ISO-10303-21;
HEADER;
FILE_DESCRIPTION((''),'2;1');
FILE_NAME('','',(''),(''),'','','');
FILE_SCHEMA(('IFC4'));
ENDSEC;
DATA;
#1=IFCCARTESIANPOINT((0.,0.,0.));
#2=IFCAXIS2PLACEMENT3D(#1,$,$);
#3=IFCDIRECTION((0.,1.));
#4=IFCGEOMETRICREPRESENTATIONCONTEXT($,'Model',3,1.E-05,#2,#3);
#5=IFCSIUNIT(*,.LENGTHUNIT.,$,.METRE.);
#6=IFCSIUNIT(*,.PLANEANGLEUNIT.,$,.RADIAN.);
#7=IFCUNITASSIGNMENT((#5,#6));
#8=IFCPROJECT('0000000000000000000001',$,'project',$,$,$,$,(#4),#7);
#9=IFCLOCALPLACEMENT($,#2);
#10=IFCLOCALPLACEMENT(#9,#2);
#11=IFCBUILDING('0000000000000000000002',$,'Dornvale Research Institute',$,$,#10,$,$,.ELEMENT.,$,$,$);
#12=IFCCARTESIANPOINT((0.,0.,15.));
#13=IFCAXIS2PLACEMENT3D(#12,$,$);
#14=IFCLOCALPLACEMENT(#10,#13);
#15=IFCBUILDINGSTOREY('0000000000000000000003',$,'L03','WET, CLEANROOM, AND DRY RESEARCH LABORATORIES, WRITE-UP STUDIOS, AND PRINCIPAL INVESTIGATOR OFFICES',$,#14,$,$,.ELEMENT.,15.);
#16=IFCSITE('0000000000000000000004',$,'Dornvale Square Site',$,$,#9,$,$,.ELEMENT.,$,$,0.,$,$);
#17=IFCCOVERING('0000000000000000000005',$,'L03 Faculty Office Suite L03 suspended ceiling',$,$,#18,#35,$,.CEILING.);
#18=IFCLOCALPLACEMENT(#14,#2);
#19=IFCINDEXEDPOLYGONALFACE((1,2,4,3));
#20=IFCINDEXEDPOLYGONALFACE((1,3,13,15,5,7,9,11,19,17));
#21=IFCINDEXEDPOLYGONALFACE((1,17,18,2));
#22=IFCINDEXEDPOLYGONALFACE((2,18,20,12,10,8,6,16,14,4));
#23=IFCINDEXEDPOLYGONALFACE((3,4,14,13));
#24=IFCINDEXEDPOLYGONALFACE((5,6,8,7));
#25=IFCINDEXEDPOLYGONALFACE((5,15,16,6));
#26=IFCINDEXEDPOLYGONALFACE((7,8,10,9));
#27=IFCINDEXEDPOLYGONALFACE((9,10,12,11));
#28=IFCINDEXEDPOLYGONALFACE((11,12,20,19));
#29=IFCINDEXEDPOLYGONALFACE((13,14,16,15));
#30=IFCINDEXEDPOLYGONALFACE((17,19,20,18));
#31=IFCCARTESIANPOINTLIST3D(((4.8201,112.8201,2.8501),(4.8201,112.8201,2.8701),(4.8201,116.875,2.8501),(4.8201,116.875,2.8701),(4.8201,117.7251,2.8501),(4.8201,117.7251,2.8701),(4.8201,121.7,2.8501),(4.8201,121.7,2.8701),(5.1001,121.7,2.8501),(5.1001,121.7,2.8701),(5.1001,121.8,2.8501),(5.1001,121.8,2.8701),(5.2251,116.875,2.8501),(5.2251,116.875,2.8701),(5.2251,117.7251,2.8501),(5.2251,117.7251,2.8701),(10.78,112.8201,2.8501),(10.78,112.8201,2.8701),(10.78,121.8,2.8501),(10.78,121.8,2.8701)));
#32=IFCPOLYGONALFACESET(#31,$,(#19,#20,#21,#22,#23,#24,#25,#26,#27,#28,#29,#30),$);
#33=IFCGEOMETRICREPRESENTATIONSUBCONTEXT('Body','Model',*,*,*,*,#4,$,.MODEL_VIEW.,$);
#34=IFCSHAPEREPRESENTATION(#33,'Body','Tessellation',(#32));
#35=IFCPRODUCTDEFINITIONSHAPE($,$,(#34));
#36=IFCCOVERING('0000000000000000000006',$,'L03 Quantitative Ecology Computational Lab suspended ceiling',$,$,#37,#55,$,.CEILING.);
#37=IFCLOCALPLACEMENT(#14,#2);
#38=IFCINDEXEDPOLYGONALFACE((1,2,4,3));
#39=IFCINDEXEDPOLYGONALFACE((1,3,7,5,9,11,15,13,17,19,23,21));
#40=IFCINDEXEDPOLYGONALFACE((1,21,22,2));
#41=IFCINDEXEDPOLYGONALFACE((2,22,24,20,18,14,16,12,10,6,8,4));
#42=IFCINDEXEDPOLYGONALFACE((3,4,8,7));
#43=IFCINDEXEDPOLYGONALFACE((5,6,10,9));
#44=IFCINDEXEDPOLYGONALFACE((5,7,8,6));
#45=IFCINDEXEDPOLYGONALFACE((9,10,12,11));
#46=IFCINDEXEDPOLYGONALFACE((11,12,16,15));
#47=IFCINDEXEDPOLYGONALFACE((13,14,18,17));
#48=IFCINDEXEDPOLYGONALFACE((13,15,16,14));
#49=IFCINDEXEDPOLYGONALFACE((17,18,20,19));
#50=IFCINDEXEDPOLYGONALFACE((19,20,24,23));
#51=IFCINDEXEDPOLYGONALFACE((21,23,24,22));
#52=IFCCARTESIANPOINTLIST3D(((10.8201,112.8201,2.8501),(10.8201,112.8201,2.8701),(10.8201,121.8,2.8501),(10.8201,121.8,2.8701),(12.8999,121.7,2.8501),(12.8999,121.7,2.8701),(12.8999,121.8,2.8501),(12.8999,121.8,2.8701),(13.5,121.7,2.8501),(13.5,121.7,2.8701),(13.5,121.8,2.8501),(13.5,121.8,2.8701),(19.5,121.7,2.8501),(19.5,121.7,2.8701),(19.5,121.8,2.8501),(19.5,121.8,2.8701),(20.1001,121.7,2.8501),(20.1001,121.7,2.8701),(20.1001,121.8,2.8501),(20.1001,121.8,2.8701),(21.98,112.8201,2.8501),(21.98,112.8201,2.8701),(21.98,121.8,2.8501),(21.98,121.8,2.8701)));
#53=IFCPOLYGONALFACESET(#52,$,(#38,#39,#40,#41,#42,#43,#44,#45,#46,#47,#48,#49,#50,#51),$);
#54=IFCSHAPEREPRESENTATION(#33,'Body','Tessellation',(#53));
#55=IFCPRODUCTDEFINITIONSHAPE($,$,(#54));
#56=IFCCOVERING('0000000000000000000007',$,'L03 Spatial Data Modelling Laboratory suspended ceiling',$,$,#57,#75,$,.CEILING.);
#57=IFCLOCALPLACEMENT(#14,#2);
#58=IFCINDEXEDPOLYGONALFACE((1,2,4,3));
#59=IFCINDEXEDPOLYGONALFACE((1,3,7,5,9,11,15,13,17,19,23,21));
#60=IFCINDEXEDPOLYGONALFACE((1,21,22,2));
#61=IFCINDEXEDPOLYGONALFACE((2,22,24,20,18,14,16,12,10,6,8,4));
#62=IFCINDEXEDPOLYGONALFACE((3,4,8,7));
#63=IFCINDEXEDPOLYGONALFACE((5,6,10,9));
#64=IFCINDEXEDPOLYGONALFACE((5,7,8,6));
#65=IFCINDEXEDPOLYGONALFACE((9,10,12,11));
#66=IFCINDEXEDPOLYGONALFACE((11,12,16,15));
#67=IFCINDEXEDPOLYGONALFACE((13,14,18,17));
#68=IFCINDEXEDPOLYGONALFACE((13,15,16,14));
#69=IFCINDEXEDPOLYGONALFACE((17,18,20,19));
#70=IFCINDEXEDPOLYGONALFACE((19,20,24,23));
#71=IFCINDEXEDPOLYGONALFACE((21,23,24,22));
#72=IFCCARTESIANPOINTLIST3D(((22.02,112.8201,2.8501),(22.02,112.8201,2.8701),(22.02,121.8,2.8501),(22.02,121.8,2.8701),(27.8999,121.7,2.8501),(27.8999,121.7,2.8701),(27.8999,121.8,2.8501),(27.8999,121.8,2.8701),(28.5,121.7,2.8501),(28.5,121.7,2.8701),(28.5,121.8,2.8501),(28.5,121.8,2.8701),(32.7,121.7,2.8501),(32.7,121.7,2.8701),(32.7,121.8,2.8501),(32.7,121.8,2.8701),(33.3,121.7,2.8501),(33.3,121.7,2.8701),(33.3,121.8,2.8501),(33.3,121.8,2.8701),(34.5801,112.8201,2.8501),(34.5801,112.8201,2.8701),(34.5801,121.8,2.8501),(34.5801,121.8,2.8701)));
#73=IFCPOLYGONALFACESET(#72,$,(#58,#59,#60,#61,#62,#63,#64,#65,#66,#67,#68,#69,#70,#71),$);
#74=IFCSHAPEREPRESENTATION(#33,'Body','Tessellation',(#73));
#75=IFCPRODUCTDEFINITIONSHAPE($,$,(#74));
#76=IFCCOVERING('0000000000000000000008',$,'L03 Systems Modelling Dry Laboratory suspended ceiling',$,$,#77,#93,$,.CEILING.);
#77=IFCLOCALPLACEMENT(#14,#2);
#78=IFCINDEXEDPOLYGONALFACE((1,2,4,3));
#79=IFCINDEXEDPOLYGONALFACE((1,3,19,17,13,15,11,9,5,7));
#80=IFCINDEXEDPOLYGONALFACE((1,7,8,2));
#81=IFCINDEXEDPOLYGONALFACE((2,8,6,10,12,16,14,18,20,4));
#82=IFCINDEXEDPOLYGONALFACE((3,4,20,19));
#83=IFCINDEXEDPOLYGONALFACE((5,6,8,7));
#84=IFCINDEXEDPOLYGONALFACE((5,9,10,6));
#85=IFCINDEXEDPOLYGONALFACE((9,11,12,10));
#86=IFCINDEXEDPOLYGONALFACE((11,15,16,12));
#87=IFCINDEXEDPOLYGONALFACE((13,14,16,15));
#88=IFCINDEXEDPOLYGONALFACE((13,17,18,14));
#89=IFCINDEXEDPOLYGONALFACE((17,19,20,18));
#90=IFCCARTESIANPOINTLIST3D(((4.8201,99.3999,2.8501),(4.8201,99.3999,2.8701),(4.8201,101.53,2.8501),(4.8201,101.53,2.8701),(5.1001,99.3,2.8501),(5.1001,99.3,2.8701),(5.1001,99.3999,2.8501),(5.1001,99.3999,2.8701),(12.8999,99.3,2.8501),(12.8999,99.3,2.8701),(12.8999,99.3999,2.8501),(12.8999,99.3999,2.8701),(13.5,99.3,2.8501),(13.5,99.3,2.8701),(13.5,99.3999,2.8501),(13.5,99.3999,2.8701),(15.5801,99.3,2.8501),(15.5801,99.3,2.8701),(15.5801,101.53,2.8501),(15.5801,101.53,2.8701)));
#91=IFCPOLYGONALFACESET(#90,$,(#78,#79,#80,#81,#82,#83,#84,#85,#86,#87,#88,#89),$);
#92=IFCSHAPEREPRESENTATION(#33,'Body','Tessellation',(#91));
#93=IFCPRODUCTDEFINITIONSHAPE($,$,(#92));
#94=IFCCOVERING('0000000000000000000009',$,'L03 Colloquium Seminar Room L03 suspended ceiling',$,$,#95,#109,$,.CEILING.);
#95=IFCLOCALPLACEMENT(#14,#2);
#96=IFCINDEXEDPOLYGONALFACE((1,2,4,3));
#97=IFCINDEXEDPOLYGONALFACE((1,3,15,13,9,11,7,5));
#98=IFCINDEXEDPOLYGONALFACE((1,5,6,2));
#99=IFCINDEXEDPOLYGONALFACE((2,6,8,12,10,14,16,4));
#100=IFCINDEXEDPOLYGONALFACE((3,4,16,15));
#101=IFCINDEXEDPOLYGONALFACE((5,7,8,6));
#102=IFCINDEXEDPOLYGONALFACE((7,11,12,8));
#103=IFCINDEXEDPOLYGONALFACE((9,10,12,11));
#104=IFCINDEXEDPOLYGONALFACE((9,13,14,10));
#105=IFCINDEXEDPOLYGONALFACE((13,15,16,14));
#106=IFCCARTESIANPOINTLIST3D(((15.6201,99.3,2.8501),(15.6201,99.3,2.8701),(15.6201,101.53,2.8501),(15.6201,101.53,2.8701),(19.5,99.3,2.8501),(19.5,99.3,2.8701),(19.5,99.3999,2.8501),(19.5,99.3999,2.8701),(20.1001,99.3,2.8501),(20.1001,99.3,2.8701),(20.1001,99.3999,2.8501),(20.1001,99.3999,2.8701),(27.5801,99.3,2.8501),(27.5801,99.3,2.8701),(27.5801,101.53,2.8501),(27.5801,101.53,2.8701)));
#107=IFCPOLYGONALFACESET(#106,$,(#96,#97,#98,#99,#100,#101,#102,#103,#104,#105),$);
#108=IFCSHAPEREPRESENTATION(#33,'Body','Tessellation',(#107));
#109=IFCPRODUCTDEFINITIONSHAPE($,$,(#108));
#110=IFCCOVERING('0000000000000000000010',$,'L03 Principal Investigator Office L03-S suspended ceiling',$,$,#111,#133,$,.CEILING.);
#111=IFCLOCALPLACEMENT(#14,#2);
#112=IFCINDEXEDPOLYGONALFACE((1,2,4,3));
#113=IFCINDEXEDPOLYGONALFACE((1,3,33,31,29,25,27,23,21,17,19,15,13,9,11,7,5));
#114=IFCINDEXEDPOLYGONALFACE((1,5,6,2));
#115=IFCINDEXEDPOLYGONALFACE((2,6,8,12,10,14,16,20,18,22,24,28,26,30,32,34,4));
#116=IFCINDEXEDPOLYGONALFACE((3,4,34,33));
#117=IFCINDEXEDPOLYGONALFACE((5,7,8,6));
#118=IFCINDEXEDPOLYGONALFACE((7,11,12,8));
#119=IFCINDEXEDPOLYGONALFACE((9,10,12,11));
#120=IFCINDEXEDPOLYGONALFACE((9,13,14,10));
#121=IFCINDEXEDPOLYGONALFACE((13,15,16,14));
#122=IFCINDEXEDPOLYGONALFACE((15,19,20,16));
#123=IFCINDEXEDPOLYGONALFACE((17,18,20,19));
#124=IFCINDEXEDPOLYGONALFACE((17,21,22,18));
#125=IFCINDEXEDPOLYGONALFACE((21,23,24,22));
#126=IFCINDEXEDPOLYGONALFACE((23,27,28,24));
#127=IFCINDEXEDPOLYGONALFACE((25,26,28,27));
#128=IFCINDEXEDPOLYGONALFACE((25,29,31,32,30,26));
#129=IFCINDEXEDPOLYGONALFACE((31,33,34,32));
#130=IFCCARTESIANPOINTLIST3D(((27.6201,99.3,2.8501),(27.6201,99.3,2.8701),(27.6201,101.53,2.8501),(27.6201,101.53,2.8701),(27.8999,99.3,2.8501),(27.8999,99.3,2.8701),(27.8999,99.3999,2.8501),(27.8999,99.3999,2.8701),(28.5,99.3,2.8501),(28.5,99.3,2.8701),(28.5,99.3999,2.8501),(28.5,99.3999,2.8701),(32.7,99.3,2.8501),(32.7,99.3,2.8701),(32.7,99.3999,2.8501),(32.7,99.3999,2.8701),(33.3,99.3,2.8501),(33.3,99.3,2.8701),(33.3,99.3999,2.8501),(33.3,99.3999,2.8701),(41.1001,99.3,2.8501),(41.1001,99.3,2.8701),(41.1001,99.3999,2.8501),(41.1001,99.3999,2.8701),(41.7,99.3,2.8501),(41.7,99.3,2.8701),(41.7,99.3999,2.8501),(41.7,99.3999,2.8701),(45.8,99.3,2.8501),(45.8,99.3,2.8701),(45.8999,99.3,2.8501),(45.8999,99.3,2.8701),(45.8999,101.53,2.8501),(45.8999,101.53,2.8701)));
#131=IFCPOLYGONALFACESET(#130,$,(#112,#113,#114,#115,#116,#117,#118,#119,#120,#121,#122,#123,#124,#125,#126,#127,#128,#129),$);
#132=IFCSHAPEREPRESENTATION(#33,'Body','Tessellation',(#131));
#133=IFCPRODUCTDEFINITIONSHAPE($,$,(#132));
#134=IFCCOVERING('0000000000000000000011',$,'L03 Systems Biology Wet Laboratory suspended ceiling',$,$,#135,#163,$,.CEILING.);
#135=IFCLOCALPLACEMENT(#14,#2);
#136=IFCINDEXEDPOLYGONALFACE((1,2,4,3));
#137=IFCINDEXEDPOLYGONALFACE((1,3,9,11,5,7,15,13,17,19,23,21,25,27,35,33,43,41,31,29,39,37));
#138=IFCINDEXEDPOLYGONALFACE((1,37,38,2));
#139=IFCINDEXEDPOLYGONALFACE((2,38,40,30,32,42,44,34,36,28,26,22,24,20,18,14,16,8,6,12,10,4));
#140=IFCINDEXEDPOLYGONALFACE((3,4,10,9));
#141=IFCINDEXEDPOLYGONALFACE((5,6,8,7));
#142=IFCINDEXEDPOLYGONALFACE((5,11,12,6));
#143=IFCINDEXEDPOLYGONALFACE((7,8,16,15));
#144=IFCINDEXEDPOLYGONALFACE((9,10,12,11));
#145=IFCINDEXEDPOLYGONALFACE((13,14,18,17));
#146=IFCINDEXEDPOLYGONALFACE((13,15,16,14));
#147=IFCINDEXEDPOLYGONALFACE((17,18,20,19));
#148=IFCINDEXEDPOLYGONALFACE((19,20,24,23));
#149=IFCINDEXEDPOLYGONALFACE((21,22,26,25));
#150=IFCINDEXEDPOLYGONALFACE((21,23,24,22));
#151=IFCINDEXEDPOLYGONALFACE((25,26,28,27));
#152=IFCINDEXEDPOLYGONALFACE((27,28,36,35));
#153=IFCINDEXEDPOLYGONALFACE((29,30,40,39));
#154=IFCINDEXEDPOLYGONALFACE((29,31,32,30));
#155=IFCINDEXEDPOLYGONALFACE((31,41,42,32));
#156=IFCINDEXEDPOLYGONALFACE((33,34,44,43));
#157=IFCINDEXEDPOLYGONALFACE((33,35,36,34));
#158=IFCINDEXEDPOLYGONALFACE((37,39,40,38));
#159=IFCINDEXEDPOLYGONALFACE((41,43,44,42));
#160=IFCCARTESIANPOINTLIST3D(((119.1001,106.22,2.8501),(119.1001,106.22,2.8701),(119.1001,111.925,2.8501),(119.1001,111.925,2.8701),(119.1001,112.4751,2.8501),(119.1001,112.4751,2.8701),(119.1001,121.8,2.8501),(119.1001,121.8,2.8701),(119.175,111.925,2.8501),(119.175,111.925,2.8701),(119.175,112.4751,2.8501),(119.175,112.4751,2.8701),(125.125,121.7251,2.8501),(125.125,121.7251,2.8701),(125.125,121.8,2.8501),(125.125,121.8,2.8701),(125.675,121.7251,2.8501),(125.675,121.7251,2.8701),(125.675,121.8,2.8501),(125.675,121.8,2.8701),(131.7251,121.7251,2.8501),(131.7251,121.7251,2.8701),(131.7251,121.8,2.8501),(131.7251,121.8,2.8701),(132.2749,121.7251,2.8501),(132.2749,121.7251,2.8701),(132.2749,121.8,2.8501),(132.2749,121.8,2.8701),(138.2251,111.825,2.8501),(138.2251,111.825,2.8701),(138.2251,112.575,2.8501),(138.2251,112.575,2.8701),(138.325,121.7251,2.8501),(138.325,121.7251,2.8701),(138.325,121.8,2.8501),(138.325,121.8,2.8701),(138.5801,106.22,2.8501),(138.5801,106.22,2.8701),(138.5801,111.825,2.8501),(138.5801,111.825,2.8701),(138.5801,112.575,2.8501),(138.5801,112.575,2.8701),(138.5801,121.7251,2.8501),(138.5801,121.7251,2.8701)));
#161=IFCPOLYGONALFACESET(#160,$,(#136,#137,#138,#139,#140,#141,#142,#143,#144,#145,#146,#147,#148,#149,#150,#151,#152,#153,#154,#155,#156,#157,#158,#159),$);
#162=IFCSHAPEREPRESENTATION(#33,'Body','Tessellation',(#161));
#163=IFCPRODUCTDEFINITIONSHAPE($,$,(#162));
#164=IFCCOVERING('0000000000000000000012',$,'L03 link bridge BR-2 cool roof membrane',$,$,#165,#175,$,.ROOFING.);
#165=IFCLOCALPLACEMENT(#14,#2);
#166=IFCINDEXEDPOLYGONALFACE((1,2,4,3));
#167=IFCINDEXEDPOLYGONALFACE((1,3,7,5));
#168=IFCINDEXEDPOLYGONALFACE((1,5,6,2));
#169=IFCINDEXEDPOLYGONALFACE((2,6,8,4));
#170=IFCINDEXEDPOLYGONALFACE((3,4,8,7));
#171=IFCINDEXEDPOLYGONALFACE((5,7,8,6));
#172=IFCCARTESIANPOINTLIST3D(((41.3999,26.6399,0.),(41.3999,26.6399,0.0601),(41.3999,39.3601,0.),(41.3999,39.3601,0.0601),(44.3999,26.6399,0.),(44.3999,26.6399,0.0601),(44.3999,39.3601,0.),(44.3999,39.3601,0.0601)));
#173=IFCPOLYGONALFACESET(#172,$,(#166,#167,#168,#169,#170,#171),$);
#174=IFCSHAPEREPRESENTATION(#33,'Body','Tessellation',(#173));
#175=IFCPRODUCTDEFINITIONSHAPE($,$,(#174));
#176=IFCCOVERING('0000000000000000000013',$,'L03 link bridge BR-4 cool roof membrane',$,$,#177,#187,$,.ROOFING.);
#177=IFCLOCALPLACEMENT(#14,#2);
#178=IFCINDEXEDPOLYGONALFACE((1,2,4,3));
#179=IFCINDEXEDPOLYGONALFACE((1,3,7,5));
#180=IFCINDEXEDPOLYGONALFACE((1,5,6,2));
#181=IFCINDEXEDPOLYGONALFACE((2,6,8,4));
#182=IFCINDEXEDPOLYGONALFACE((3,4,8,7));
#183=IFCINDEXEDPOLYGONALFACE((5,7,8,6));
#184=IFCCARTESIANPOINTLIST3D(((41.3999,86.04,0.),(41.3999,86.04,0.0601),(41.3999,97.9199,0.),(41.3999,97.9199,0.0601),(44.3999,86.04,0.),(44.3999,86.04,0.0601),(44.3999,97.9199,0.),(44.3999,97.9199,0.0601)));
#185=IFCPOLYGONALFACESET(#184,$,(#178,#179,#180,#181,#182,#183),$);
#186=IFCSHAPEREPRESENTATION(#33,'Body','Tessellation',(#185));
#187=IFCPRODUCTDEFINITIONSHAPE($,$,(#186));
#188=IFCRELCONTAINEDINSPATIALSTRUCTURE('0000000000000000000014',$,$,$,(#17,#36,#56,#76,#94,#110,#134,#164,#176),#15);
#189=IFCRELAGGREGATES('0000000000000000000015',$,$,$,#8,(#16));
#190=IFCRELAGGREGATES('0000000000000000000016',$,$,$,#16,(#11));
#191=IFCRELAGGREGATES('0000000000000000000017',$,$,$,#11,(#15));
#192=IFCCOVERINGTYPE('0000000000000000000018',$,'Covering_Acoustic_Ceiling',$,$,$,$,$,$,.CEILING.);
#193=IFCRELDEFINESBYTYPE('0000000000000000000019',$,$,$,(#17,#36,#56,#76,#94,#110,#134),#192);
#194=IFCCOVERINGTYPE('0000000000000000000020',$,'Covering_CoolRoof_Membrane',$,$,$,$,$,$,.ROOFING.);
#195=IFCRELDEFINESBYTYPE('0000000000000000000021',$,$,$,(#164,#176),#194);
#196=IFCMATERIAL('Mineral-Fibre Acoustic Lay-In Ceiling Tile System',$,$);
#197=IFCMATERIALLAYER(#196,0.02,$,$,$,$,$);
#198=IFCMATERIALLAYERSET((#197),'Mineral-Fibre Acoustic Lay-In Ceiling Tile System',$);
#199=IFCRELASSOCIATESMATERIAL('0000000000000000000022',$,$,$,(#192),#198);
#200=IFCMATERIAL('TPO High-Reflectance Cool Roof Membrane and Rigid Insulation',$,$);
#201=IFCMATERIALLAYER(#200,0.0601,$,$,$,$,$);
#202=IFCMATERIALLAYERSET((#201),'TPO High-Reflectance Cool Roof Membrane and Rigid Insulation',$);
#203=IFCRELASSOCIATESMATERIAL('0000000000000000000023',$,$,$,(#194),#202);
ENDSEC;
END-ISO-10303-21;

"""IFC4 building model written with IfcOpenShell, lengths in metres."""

from ifc_helpers import new_model, si_unit, direction, frame, origin, place, context, subcontext, project, spatial, polyline, outline, extrude, material, layer, layer_set, type_object, element, save


model = new_model("IFC4")

# Units and contexts
model_context = context("Model", 3, precision=1e-05, world=origin(), true_north=direction((0.0, 1.0)))
body_context = subcontext(model_context, "Body", "Model", "MODEL_VIEW")
ifc_project = project(units=[si_unit("LENGTHUNIT", "METRE"), si_unit("PLANEANGLEUNIT", "RADIAN")], contexts=[model_context])

# Site, building, storey
site_placement = place(None, origin())
site = spatial("IfcSite", under=ifc_project, at=site_placement, Name="Dornvale Square Site", CompositionType="ELEMENT", RefElevation=0.0)
building_placement = place(site_placement, origin())
building = spatial("IfcBuilding", under=site, at=building_placement, Name="Dornvale Research Institute", CompositionType="ELEMENT")
storey_placement = place(building_placement, frame((0.0, 0.0, 15.0)))
storey = spatial("IfcBuildingStorey", under=building, at=storey_placement, Name="L03", Description="WET, CLEANROOM, AND DRY RESEARCH LABORATORIES, WRITE-UP STUDIOS, AND PRINCIPAL INVESTIGATOR OFFICES", CompositionType="ELEMENT", Elevation=15.0)

# Coverings
ifc_material_1 = material(Name="Mineral-Fibre Acoustic Lay-In Ceiling Tile System")
ifc_layer_1 = layer(ifc_material_1, 0.02)
ifc_layer_set_1 = layer_set([ifc_layer_1], Name="Mineral-Fibre Acoustic Lay-In Ceiling Tile System")
covering_type_1 = type_object("IfcCoveringType", Name="Covering_Acoustic_Ceiling", PredefinedType="CEILING", material=ifc_layer_set_1)
covering_1_placement = place(storey_placement, frame((0.0, 0.0, 2.8501)))
element("IfcCovering", 1, at=covering_1_placement, inside=storey, type_object=covering_type_1, Name="L03 Faculty Office Suite L03 suspended ceiling", PredefinedType="CEILING", context=body_context, shape_type="SweptSolid", body=[
    extrude(outline(polyline([(4.8201, 121.7), (5.1001, 121.7), (5.1001, 121.8), (10.78, 121.8), (10.78, 112.8201), (4.8201, 112.8201), (4.8201, 116.875), (5.2251, 116.875), (5.2251, 117.7251), (4.8201, 117.7251), (4.8201, 121.7)])), origin(), (0.0, 0.0, 1.0), 0.02),
])
covering_2_placement = place(storey_placement, frame((0.0, 0.0, 2.8501)))
element("IfcCovering", 2, at=covering_2_placement, inside=storey, type_object=covering_type_1, Name="L03 Quantitative Ecology Computational Lab suspended ceiling", PredefinedType="CEILING", context=body_context, shape_type="SweptSolid", body=[
    extrude(outline(polyline([(21.98, 112.8201), (10.8201, 112.8201), (10.8201, 121.8), (12.8999, 121.8), (12.8999, 121.7), (13.5, 121.7), (13.5, 121.8), (19.5, 121.8), (19.5, 121.7), (20.1001, 121.7), (20.1001, 121.8), (21.98, 121.8), (21.98, 112.8201)])), origin(), (0.0, 0.0, 1.0), 0.02),
])
covering_3_placement = place(storey_placement, frame((0.0, 0.0, 2.8501)))
element("IfcCovering", 3, at=covering_3_placement, inside=storey, type_object=covering_type_1, Name="L03 Spatial Data Modelling Laboratory suspended ceiling", PredefinedType="CEILING", context=body_context, shape_type="SweptSolid", body=[
    extrude(outline(polyline([(32.7, 121.7), (33.3, 121.7), (33.3, 121.8), (34.5801, 121.8), (34.5801, 112.8201), (22.02, 112.8201), (22.02, 121.8), (27.8999, 121.8), (27.8999, 121.7), (28.5, 121.7), (28.5, 121.8), (32.7, 121.8), (32.7, 121.7)])), origin(), (0.0, 0.0, 1.0), 0.02),
])
covering_4_placement = place(storey_placement, frame((0.0, 0.0, 2.8501)))
element("IfcCovering", 4, at=covering_4_placement, inside=storey, type_object=covering_type_1, Name="L03 Systems Modelling Dry Laboratory suspended ceiling", PredefinedType="CEILING", context=body_context, shape_type="SweptSolid", body=[
    extrude(outline(polyline([(15.5801, 99.3), (13.5, 99.3), (13.5, 99.3999), (12.8999, 99.3999), (12.8999, 99.3), (5.1001, 99.3), (5.1001, 99.3999), (4.8201, 99.3999), (4.8201, 101.53), (15.5801, 101.53), (15.5801, 99.3)])), origin(), (0.0, 0.0, 1.0), 0.02),
])
covering_5_placement = place(storey_placement, frame((0.0, 0.0, 2.8501)))
element("IfcCovering", 5, at=covering_5_placement, inside=storey, type_object=covering_type_1, Name="L03 Colloquium Seminar Room L03 suspended ceiling", PredefinedType="CEILING", context=body_context, shape_type="SweptSolid", body=[
    extrude(outline(polyline([(19.5, 99.3), (15.6201, 99.3), (15.6201, 101.53), (27.5801, 101.53), (27.5801, 99.3), (20.1001, 99.3), (20.1001, 99.3999), (19.5, 99.3999), (19.5, 99.3)])), origin(), (0.0, 0.0, 1.0), 0.02),
])
covering_6_placement = place(storey_placement, frame((0.0, 0.0, 2.8501)))
element("IfcCovering", 6, at=covering_6_placement, inside=storey, type_object=covering_type_1, Name="L03 Principal Investigator Office L03-S suspended ceiling", PredefinedType="CEILING", context=body_context, shape_type="SweptSolid", body=[
    extrude(outline(polyline([(41.1001, 99.3), (33.3, 99.3), (33.3, 99.3999), (32.7, 99.3999), (32.7, 99.3), (28.5, 99.3), (28.5, 99.3999), (27.8999, 99.3999), (27.8999, 99.3), (27.6201, 99.3), (27.6201, 101.53), (45.8999, 101.53), (45.8999, 99.3), (45.8, 99.3), (41.7, 99.3), (41.7, 99.3999), (41.1001, 99.3999), (41.1001, 99.3)])), origin(), (0.0, 0.0, 1.0), 0.02),
])
covering_7_placement = place(storey_placement, frame((0.0, 0.0, 2.8501)))
element("IfcCovering", 7, at=covering_7_placement, inside=storey, type_object=covering_type_1, Name="L03 Systems Biology Wet Laboratory suspended ceiling", PredefinedType="CEILING", context=body_context, shape_type="SweptSolid", body=[
    extrude(outline(polyline([(125.675, 121.8), (131.7251, 121.8), (131.7251, 121.7251), (132.2749, 121.7251), (132.2749, 121.8), (138.325, 121.8), (138.325, 121.7251), (138.5801, 121.7251), (138.5801, 112.575), (138.2251, 112.575), (138.2251, 111.825), (138.5801, 111.825), (138.5801, 106.22), (119.1001, 106.22), (119.1001, 111.925), (119.175, 111.925), (119.175, 112.4751), (119.1001, 112.4751), (119.1001, 121.8), (125.125, 121.8), (125.125, 121.7251), (125.675, 121.7251), (125.675, 121.8)])), origin(), (0.0, 0.0, 1.0), 0.02),
])
ifc_material_2 = material(Name="TPO High-Reflectance Cool Roof Membrane and Rigid Insulation")
ifc_layer_2 = layer(ifc_material_2, 0.0601)
ifc_layer_set_2 = layer_set([ifc_layer_2], Name="TPO High-Reflectance Cool Roof Membrane and Rigid Insulation")
covering_type_2 = type_object("IfcCoveringType", Name="Covering_CoolRoof_Membrane", PredefinedType="ROOFING", material=ifc_layer_set_2)
covering_8_placement = place(storey_placement, origin())
element("IfcCovering", 8, at=covering_8_placement, inside=storey, type_object=covering_type_2, Name="L03 link bridge BR-2 cool roof membrane", PredefinedType="ROOFING", context=body_context, shape_type="SweptSolid", body=[
    extrude(outline(polyline([(41.3999, 26.6399), (44.3999, 26.6399), (44.3999, 39.3601), (41.3999, 39.3601), (41.3999, 26.6399)])), origin(), (0.0, 0.0, 1.0), 0.0601),
])
covering_9_placement = place(storey_placement, origin())
element("IfcCovering", 9, at=covering_9_placement, inside=storey, type_object=covering_type_2, Name="L03 link bridge BR-4 cool roof membrane", PredefinedType="ROOFING", context=body_context, shape_type="SweptSolid", body=[
    extrude(outline(polyline([(41.3999, 86.04), (44.3999, 86.04), (44.3999, 97.9199), (41.3999, 97.9199), (41.3999, 86.04)])), origin(), (0.0, 0.0, 1.0), 0.0601),
])

save(model, "model.ifc")
